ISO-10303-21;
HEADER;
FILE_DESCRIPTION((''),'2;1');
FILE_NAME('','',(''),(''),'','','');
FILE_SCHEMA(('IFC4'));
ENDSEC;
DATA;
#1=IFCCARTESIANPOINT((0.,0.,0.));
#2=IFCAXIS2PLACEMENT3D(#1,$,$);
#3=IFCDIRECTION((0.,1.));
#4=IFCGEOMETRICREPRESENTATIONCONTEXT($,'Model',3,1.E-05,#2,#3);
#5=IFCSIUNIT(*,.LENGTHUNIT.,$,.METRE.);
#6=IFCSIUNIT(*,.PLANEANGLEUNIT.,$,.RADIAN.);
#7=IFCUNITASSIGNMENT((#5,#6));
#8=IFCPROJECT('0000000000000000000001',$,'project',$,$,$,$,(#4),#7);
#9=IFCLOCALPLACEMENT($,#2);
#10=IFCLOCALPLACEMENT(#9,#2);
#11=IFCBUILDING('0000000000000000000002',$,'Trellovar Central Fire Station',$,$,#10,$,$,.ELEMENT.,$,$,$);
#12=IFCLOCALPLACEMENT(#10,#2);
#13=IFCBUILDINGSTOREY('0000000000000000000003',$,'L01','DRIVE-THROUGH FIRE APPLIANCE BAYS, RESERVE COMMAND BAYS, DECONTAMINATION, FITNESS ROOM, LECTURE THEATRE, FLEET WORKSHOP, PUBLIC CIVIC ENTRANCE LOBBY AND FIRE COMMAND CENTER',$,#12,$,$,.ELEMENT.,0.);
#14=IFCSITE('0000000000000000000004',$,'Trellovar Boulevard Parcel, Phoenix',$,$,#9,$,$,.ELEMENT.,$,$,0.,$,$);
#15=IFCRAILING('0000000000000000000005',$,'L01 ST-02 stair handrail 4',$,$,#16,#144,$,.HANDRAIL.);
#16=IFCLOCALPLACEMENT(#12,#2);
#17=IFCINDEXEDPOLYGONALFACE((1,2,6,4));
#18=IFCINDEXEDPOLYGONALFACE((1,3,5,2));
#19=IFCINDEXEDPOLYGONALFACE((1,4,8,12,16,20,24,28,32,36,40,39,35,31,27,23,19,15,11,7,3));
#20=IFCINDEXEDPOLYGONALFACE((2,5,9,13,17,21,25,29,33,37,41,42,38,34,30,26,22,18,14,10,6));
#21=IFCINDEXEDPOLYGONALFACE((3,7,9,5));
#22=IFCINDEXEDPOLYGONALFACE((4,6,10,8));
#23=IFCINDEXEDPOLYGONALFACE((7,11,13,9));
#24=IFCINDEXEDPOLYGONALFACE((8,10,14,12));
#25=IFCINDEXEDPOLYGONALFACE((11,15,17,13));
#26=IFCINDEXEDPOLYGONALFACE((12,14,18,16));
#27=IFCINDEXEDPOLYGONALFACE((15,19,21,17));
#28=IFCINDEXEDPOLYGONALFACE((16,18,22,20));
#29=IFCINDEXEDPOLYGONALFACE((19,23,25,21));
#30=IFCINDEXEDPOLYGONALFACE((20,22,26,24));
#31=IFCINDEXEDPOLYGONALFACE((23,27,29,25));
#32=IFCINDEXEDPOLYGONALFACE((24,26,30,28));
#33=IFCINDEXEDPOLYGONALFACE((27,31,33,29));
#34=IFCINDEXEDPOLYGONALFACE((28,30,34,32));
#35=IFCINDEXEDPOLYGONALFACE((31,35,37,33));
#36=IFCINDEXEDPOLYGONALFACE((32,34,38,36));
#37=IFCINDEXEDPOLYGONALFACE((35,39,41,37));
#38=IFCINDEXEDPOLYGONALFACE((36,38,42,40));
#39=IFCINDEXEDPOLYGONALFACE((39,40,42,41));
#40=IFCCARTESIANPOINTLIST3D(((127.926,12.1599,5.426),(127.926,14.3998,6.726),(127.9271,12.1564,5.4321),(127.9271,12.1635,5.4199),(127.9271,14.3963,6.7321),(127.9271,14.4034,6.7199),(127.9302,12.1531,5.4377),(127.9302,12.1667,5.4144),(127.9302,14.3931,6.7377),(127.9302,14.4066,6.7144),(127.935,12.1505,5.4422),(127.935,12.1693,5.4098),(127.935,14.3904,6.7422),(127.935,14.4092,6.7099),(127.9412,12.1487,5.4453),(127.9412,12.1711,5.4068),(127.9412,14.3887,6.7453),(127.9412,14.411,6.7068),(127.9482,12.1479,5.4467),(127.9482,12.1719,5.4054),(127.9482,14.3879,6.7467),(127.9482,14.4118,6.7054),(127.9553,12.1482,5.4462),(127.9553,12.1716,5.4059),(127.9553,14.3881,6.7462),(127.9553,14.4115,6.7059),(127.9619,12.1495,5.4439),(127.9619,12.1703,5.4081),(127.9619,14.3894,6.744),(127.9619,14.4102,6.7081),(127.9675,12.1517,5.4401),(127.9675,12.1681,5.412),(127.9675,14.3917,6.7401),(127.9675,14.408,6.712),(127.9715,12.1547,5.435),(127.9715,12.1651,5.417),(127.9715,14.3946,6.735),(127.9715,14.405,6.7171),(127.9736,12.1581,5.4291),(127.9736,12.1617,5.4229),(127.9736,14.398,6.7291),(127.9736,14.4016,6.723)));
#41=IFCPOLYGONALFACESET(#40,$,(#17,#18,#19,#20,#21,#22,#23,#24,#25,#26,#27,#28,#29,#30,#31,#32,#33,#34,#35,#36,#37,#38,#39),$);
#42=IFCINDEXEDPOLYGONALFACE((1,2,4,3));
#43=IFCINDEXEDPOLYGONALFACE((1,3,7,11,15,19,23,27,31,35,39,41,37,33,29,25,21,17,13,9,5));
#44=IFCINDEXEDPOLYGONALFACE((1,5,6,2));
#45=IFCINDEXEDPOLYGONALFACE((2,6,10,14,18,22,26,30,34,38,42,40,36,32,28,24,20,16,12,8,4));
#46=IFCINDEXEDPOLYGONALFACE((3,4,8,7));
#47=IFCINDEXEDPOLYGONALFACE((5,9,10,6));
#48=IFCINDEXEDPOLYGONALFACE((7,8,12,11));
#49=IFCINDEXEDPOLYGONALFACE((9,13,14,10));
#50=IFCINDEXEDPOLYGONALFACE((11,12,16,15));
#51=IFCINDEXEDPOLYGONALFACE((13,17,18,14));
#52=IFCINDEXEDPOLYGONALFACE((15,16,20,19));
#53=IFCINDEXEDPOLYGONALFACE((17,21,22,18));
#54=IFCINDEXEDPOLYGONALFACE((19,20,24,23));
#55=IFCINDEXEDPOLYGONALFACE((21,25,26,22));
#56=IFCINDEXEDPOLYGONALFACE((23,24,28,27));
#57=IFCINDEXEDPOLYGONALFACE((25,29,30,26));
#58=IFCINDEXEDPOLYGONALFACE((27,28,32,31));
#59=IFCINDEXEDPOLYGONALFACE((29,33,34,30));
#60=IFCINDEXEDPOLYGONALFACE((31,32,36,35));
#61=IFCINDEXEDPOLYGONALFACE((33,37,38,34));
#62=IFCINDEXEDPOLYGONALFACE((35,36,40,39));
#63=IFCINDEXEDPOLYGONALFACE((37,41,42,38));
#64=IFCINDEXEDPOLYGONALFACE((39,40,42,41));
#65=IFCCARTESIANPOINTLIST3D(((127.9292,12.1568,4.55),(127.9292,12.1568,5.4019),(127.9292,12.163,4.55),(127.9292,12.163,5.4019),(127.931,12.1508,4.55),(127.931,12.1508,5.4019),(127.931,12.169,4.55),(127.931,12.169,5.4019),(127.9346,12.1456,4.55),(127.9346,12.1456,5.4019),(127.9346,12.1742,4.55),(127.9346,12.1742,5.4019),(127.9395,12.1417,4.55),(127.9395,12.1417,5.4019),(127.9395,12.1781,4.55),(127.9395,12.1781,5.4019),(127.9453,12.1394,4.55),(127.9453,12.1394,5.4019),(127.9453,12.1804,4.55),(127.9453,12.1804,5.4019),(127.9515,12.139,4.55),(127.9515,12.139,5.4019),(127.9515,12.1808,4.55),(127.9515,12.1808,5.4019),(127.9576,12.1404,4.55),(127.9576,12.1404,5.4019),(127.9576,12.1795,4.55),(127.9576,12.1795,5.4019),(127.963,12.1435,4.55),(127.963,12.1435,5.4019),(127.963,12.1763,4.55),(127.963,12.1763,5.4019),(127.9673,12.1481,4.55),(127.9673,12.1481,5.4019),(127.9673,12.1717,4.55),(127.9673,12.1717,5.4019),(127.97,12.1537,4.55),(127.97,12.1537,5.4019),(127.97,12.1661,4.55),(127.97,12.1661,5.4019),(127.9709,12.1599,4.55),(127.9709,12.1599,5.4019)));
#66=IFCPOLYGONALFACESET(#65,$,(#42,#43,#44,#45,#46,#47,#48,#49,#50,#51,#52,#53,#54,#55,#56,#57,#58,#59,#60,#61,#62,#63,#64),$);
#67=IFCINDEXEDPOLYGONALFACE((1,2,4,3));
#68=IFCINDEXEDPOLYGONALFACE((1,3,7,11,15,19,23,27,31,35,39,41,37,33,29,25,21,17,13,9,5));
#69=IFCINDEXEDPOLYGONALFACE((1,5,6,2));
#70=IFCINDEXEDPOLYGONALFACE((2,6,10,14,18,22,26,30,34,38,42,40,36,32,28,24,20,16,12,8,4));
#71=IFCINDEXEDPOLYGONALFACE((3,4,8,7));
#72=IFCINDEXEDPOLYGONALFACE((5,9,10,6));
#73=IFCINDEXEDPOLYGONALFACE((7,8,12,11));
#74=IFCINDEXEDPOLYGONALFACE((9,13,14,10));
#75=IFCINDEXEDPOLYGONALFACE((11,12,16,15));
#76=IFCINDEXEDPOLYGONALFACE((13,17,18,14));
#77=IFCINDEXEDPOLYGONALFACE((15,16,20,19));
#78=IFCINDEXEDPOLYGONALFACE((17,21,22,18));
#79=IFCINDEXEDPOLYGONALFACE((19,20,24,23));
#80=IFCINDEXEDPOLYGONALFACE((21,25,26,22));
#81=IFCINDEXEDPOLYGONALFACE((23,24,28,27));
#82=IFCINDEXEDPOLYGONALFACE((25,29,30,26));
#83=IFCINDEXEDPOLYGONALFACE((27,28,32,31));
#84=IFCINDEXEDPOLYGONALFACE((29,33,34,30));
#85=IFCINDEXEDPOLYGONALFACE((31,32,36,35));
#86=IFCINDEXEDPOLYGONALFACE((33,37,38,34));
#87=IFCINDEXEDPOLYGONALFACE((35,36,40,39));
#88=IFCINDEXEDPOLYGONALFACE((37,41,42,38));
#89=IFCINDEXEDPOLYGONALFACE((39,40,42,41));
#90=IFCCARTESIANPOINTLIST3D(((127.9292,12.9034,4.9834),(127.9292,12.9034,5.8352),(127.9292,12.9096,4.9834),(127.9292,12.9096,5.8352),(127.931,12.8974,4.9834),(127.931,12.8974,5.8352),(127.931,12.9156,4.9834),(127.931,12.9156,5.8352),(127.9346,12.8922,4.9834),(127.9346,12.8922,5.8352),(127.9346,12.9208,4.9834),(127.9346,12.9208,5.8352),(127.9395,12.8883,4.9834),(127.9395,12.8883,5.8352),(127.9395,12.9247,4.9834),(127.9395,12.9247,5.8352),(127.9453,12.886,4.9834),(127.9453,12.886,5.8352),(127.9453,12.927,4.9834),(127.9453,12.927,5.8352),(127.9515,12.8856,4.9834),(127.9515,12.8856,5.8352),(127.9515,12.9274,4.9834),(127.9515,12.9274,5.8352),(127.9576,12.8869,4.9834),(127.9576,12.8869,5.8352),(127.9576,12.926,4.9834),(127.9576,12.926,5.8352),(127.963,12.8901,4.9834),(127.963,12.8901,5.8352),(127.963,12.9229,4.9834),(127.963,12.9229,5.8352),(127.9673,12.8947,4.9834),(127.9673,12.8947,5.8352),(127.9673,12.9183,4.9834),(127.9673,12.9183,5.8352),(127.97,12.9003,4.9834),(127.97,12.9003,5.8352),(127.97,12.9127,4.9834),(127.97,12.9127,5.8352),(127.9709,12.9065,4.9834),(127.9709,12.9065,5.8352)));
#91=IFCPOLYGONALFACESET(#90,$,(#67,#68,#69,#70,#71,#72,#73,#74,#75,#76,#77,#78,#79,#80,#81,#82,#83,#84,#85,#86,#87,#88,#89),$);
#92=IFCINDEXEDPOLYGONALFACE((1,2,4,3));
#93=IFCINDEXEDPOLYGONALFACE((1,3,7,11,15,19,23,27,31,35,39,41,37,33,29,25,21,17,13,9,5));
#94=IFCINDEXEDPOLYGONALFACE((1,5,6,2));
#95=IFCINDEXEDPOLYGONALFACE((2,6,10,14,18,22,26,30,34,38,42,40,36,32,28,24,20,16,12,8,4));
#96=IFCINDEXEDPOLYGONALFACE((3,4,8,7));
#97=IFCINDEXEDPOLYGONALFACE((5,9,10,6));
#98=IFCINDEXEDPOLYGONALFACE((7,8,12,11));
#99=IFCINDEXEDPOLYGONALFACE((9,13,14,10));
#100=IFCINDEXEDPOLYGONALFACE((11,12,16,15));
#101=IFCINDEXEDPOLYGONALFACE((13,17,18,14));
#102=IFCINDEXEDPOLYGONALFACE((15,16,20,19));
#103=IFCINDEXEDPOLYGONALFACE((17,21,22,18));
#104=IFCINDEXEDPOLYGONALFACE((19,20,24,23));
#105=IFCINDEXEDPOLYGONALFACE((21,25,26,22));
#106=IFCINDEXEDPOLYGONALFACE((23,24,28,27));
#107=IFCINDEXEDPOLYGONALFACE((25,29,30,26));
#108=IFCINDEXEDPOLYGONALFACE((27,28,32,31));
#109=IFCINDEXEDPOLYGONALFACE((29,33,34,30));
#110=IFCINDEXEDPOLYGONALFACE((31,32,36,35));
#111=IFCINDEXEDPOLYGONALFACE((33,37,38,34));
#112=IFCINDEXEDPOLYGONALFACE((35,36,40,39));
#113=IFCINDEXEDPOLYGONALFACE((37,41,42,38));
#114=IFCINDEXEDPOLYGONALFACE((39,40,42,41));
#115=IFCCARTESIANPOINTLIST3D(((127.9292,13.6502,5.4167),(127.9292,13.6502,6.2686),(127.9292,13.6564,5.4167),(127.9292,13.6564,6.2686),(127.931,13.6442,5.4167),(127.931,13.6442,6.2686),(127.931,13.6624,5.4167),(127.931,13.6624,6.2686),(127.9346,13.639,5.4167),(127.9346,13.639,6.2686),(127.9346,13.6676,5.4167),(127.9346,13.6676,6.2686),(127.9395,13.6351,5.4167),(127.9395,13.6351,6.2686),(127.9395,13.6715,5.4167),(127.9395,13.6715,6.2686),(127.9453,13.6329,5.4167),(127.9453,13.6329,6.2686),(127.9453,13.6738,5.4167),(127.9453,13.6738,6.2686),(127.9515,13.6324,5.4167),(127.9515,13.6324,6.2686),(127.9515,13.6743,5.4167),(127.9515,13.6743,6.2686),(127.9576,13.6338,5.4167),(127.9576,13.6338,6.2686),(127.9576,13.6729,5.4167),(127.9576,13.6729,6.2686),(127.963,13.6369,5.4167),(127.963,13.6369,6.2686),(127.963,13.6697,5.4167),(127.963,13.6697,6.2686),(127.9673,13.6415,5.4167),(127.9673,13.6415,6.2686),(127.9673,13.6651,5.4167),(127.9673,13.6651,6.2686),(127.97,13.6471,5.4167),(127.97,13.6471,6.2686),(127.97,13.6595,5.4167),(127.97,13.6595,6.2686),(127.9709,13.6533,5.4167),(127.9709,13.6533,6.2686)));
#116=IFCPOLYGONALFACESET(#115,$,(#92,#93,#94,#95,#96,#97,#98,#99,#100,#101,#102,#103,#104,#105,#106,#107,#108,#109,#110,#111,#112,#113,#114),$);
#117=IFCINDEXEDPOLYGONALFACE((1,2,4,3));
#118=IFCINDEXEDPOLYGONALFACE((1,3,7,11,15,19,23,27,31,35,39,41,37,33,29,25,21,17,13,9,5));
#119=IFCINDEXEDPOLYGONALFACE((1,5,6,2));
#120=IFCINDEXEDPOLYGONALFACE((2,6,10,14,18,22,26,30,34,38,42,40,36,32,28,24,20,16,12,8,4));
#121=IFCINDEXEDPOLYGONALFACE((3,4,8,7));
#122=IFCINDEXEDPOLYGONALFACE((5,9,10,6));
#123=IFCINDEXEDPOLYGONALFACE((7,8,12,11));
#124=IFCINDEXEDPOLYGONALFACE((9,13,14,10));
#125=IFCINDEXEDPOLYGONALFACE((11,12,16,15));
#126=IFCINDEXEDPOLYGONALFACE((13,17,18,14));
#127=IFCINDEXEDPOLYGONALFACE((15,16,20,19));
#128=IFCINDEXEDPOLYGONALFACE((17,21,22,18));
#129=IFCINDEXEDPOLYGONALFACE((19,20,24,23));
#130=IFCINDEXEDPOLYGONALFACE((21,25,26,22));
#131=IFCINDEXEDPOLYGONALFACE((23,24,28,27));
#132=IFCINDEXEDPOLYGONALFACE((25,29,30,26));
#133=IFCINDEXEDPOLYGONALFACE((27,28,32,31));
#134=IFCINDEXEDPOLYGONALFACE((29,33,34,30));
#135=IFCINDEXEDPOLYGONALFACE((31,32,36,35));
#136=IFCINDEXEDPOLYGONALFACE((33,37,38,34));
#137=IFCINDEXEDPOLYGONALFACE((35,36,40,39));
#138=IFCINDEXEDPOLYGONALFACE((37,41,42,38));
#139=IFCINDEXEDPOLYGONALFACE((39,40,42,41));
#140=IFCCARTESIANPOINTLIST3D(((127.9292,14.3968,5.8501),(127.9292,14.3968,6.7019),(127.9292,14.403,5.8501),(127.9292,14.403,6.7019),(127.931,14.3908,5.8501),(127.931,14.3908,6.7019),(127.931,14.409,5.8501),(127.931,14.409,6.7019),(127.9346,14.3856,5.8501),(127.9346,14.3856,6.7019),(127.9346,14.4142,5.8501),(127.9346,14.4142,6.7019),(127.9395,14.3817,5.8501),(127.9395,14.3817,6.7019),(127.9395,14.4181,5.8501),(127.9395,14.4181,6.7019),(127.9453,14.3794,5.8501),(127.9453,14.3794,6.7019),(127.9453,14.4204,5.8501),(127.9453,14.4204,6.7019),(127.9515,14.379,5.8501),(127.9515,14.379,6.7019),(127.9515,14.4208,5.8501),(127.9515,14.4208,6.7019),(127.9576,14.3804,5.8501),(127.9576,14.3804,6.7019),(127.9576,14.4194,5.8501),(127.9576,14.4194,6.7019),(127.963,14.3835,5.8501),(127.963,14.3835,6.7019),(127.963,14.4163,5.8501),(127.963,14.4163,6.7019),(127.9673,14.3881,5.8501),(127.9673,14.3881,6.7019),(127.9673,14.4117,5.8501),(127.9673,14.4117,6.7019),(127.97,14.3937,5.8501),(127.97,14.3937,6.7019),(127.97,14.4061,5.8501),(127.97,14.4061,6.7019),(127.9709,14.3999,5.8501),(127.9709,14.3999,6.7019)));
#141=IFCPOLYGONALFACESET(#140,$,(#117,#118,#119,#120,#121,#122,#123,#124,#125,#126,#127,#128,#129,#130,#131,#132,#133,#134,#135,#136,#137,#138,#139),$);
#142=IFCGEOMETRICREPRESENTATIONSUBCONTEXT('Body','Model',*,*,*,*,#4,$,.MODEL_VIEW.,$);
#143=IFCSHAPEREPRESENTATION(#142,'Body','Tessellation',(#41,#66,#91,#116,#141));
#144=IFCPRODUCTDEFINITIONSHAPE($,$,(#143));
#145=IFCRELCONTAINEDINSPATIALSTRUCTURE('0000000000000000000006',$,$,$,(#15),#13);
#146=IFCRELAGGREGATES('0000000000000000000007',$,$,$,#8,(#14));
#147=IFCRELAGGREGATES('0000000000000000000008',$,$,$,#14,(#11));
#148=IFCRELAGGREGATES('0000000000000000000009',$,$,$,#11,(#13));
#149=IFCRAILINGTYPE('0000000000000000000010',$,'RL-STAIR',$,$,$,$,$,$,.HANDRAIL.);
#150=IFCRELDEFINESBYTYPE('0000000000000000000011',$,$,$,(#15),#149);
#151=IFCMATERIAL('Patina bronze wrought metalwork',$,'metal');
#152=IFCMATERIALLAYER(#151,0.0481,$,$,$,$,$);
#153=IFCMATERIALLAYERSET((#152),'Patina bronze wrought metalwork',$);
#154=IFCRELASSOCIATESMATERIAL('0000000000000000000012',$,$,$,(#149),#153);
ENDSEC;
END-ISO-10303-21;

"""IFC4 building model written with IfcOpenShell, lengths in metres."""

from ifc_helpers import new_model, si_unit, direction, frame, origin, origin_2d, place, context, subcontext, project, spatial, circle, extrude, material, layer, layer_set, type_object, element, save


model = new_model("IFC4")

# Units and contexts
model_context = context("Model", 3, precision=1e-05, world=origin(), true_north=direction((0.0, 1.0)))
body_context = subcontext(model_context, "Body", "Model", "MODEL_VIEW")
ifc_project = project(units=[si_unit("LENGTHUNIT", "METRE"), si_unit("PLANEANGLEUNIT", "RADIAN")], contexts=[model_context])

# Site, building, storey
site_placement = place(None, origin())
site = spatial("IfcSite", under=ifc_project, at=site_placement, Name="Trellovar Boulevard Parcel, Phoenix", CompositionType="ELEMENT", RefElevation=0.0)
building_placement = place(site_placement, origin())
building = spatial("IfcBuilding", under=site, at=building_placement, Name="Trellovar Central Fire Station", CompositionType="ELEMENT")
storey_placement = place(building_placement, origin())
storey = spatial("IfcBuildingStorey", under=building, at=storey_placement, Name="L01", Description="DRIVE-THROUGH FIRE APPLIANCE BAYS, RESERVE COMMAND BAYS, DECONTAMINATION, FITNESS ROOM, LECTURE THEATRE, FLEET WORKSHOP, PUBLIC CIVIC ENTRANCE LOBBY AND FIRE COMMAND CENTER", CompositionType="ELEMENT", Elevation=0.0)

# Railing
ifc_material_1 = material(Name="Patina bronze wrought metalwork", Category="metal")
ifc_layer_1 = layer(ifc_material_1, 0.0481)
ifc_layer_set_1 = layer_set([ifc_layer_1], Name="Patina bronze wrought metalwork")
railing_type_1 = type_object("IfcRailingType", Name="RL-STAIR", PredefinedType="HANDRAIL", material=ifc_layer_set_1)
railing_1_placement = place(storey_placement, frame((127.95, 12.1599, 4.55)))
element("IfcRailing", 1, at=railing_1_placement, inside=storey, type_object=railing_type_1, Name="L01 ST-02 stair handrail 4", PredefinedType="HANDRAIL", context=body_context, shape_type="SweptSolid", body=[
    extrude(circle(Radius=0.0239, at=origin_2d()), frame((0.0, 0.0, 0.876), z_axis=(0.0, 0.864888, 0.501965), x_axis=(-1.0, 0.0, 0.0)), (0.0, 0.0, 1.0), 2.5898),
    extrude(circle(Radius=0.021, at=origin_2d()), origin(), (0.0, 0.0, 1.0), 0.8518),
    extrude(circle(Radius=0.021, at=origin_2d()), frame((0.0, 0.7466, 0.4333)), (0.0, 0.0, 1.0), 0.8518),
    extrude(circle(Radius=0.021, at=origin_2d()), frame((0.0, 1.4934, 0.8667)), (0.0, 0.0, 1.0), 0.8518),
    extrude(circle(Radius=0.021, at=origin_2d()), frame((0.0, 2.24, 1.3)), (0.0, 0.0, 1.0), 0.8518),
])

save(model, "model.ifc")
